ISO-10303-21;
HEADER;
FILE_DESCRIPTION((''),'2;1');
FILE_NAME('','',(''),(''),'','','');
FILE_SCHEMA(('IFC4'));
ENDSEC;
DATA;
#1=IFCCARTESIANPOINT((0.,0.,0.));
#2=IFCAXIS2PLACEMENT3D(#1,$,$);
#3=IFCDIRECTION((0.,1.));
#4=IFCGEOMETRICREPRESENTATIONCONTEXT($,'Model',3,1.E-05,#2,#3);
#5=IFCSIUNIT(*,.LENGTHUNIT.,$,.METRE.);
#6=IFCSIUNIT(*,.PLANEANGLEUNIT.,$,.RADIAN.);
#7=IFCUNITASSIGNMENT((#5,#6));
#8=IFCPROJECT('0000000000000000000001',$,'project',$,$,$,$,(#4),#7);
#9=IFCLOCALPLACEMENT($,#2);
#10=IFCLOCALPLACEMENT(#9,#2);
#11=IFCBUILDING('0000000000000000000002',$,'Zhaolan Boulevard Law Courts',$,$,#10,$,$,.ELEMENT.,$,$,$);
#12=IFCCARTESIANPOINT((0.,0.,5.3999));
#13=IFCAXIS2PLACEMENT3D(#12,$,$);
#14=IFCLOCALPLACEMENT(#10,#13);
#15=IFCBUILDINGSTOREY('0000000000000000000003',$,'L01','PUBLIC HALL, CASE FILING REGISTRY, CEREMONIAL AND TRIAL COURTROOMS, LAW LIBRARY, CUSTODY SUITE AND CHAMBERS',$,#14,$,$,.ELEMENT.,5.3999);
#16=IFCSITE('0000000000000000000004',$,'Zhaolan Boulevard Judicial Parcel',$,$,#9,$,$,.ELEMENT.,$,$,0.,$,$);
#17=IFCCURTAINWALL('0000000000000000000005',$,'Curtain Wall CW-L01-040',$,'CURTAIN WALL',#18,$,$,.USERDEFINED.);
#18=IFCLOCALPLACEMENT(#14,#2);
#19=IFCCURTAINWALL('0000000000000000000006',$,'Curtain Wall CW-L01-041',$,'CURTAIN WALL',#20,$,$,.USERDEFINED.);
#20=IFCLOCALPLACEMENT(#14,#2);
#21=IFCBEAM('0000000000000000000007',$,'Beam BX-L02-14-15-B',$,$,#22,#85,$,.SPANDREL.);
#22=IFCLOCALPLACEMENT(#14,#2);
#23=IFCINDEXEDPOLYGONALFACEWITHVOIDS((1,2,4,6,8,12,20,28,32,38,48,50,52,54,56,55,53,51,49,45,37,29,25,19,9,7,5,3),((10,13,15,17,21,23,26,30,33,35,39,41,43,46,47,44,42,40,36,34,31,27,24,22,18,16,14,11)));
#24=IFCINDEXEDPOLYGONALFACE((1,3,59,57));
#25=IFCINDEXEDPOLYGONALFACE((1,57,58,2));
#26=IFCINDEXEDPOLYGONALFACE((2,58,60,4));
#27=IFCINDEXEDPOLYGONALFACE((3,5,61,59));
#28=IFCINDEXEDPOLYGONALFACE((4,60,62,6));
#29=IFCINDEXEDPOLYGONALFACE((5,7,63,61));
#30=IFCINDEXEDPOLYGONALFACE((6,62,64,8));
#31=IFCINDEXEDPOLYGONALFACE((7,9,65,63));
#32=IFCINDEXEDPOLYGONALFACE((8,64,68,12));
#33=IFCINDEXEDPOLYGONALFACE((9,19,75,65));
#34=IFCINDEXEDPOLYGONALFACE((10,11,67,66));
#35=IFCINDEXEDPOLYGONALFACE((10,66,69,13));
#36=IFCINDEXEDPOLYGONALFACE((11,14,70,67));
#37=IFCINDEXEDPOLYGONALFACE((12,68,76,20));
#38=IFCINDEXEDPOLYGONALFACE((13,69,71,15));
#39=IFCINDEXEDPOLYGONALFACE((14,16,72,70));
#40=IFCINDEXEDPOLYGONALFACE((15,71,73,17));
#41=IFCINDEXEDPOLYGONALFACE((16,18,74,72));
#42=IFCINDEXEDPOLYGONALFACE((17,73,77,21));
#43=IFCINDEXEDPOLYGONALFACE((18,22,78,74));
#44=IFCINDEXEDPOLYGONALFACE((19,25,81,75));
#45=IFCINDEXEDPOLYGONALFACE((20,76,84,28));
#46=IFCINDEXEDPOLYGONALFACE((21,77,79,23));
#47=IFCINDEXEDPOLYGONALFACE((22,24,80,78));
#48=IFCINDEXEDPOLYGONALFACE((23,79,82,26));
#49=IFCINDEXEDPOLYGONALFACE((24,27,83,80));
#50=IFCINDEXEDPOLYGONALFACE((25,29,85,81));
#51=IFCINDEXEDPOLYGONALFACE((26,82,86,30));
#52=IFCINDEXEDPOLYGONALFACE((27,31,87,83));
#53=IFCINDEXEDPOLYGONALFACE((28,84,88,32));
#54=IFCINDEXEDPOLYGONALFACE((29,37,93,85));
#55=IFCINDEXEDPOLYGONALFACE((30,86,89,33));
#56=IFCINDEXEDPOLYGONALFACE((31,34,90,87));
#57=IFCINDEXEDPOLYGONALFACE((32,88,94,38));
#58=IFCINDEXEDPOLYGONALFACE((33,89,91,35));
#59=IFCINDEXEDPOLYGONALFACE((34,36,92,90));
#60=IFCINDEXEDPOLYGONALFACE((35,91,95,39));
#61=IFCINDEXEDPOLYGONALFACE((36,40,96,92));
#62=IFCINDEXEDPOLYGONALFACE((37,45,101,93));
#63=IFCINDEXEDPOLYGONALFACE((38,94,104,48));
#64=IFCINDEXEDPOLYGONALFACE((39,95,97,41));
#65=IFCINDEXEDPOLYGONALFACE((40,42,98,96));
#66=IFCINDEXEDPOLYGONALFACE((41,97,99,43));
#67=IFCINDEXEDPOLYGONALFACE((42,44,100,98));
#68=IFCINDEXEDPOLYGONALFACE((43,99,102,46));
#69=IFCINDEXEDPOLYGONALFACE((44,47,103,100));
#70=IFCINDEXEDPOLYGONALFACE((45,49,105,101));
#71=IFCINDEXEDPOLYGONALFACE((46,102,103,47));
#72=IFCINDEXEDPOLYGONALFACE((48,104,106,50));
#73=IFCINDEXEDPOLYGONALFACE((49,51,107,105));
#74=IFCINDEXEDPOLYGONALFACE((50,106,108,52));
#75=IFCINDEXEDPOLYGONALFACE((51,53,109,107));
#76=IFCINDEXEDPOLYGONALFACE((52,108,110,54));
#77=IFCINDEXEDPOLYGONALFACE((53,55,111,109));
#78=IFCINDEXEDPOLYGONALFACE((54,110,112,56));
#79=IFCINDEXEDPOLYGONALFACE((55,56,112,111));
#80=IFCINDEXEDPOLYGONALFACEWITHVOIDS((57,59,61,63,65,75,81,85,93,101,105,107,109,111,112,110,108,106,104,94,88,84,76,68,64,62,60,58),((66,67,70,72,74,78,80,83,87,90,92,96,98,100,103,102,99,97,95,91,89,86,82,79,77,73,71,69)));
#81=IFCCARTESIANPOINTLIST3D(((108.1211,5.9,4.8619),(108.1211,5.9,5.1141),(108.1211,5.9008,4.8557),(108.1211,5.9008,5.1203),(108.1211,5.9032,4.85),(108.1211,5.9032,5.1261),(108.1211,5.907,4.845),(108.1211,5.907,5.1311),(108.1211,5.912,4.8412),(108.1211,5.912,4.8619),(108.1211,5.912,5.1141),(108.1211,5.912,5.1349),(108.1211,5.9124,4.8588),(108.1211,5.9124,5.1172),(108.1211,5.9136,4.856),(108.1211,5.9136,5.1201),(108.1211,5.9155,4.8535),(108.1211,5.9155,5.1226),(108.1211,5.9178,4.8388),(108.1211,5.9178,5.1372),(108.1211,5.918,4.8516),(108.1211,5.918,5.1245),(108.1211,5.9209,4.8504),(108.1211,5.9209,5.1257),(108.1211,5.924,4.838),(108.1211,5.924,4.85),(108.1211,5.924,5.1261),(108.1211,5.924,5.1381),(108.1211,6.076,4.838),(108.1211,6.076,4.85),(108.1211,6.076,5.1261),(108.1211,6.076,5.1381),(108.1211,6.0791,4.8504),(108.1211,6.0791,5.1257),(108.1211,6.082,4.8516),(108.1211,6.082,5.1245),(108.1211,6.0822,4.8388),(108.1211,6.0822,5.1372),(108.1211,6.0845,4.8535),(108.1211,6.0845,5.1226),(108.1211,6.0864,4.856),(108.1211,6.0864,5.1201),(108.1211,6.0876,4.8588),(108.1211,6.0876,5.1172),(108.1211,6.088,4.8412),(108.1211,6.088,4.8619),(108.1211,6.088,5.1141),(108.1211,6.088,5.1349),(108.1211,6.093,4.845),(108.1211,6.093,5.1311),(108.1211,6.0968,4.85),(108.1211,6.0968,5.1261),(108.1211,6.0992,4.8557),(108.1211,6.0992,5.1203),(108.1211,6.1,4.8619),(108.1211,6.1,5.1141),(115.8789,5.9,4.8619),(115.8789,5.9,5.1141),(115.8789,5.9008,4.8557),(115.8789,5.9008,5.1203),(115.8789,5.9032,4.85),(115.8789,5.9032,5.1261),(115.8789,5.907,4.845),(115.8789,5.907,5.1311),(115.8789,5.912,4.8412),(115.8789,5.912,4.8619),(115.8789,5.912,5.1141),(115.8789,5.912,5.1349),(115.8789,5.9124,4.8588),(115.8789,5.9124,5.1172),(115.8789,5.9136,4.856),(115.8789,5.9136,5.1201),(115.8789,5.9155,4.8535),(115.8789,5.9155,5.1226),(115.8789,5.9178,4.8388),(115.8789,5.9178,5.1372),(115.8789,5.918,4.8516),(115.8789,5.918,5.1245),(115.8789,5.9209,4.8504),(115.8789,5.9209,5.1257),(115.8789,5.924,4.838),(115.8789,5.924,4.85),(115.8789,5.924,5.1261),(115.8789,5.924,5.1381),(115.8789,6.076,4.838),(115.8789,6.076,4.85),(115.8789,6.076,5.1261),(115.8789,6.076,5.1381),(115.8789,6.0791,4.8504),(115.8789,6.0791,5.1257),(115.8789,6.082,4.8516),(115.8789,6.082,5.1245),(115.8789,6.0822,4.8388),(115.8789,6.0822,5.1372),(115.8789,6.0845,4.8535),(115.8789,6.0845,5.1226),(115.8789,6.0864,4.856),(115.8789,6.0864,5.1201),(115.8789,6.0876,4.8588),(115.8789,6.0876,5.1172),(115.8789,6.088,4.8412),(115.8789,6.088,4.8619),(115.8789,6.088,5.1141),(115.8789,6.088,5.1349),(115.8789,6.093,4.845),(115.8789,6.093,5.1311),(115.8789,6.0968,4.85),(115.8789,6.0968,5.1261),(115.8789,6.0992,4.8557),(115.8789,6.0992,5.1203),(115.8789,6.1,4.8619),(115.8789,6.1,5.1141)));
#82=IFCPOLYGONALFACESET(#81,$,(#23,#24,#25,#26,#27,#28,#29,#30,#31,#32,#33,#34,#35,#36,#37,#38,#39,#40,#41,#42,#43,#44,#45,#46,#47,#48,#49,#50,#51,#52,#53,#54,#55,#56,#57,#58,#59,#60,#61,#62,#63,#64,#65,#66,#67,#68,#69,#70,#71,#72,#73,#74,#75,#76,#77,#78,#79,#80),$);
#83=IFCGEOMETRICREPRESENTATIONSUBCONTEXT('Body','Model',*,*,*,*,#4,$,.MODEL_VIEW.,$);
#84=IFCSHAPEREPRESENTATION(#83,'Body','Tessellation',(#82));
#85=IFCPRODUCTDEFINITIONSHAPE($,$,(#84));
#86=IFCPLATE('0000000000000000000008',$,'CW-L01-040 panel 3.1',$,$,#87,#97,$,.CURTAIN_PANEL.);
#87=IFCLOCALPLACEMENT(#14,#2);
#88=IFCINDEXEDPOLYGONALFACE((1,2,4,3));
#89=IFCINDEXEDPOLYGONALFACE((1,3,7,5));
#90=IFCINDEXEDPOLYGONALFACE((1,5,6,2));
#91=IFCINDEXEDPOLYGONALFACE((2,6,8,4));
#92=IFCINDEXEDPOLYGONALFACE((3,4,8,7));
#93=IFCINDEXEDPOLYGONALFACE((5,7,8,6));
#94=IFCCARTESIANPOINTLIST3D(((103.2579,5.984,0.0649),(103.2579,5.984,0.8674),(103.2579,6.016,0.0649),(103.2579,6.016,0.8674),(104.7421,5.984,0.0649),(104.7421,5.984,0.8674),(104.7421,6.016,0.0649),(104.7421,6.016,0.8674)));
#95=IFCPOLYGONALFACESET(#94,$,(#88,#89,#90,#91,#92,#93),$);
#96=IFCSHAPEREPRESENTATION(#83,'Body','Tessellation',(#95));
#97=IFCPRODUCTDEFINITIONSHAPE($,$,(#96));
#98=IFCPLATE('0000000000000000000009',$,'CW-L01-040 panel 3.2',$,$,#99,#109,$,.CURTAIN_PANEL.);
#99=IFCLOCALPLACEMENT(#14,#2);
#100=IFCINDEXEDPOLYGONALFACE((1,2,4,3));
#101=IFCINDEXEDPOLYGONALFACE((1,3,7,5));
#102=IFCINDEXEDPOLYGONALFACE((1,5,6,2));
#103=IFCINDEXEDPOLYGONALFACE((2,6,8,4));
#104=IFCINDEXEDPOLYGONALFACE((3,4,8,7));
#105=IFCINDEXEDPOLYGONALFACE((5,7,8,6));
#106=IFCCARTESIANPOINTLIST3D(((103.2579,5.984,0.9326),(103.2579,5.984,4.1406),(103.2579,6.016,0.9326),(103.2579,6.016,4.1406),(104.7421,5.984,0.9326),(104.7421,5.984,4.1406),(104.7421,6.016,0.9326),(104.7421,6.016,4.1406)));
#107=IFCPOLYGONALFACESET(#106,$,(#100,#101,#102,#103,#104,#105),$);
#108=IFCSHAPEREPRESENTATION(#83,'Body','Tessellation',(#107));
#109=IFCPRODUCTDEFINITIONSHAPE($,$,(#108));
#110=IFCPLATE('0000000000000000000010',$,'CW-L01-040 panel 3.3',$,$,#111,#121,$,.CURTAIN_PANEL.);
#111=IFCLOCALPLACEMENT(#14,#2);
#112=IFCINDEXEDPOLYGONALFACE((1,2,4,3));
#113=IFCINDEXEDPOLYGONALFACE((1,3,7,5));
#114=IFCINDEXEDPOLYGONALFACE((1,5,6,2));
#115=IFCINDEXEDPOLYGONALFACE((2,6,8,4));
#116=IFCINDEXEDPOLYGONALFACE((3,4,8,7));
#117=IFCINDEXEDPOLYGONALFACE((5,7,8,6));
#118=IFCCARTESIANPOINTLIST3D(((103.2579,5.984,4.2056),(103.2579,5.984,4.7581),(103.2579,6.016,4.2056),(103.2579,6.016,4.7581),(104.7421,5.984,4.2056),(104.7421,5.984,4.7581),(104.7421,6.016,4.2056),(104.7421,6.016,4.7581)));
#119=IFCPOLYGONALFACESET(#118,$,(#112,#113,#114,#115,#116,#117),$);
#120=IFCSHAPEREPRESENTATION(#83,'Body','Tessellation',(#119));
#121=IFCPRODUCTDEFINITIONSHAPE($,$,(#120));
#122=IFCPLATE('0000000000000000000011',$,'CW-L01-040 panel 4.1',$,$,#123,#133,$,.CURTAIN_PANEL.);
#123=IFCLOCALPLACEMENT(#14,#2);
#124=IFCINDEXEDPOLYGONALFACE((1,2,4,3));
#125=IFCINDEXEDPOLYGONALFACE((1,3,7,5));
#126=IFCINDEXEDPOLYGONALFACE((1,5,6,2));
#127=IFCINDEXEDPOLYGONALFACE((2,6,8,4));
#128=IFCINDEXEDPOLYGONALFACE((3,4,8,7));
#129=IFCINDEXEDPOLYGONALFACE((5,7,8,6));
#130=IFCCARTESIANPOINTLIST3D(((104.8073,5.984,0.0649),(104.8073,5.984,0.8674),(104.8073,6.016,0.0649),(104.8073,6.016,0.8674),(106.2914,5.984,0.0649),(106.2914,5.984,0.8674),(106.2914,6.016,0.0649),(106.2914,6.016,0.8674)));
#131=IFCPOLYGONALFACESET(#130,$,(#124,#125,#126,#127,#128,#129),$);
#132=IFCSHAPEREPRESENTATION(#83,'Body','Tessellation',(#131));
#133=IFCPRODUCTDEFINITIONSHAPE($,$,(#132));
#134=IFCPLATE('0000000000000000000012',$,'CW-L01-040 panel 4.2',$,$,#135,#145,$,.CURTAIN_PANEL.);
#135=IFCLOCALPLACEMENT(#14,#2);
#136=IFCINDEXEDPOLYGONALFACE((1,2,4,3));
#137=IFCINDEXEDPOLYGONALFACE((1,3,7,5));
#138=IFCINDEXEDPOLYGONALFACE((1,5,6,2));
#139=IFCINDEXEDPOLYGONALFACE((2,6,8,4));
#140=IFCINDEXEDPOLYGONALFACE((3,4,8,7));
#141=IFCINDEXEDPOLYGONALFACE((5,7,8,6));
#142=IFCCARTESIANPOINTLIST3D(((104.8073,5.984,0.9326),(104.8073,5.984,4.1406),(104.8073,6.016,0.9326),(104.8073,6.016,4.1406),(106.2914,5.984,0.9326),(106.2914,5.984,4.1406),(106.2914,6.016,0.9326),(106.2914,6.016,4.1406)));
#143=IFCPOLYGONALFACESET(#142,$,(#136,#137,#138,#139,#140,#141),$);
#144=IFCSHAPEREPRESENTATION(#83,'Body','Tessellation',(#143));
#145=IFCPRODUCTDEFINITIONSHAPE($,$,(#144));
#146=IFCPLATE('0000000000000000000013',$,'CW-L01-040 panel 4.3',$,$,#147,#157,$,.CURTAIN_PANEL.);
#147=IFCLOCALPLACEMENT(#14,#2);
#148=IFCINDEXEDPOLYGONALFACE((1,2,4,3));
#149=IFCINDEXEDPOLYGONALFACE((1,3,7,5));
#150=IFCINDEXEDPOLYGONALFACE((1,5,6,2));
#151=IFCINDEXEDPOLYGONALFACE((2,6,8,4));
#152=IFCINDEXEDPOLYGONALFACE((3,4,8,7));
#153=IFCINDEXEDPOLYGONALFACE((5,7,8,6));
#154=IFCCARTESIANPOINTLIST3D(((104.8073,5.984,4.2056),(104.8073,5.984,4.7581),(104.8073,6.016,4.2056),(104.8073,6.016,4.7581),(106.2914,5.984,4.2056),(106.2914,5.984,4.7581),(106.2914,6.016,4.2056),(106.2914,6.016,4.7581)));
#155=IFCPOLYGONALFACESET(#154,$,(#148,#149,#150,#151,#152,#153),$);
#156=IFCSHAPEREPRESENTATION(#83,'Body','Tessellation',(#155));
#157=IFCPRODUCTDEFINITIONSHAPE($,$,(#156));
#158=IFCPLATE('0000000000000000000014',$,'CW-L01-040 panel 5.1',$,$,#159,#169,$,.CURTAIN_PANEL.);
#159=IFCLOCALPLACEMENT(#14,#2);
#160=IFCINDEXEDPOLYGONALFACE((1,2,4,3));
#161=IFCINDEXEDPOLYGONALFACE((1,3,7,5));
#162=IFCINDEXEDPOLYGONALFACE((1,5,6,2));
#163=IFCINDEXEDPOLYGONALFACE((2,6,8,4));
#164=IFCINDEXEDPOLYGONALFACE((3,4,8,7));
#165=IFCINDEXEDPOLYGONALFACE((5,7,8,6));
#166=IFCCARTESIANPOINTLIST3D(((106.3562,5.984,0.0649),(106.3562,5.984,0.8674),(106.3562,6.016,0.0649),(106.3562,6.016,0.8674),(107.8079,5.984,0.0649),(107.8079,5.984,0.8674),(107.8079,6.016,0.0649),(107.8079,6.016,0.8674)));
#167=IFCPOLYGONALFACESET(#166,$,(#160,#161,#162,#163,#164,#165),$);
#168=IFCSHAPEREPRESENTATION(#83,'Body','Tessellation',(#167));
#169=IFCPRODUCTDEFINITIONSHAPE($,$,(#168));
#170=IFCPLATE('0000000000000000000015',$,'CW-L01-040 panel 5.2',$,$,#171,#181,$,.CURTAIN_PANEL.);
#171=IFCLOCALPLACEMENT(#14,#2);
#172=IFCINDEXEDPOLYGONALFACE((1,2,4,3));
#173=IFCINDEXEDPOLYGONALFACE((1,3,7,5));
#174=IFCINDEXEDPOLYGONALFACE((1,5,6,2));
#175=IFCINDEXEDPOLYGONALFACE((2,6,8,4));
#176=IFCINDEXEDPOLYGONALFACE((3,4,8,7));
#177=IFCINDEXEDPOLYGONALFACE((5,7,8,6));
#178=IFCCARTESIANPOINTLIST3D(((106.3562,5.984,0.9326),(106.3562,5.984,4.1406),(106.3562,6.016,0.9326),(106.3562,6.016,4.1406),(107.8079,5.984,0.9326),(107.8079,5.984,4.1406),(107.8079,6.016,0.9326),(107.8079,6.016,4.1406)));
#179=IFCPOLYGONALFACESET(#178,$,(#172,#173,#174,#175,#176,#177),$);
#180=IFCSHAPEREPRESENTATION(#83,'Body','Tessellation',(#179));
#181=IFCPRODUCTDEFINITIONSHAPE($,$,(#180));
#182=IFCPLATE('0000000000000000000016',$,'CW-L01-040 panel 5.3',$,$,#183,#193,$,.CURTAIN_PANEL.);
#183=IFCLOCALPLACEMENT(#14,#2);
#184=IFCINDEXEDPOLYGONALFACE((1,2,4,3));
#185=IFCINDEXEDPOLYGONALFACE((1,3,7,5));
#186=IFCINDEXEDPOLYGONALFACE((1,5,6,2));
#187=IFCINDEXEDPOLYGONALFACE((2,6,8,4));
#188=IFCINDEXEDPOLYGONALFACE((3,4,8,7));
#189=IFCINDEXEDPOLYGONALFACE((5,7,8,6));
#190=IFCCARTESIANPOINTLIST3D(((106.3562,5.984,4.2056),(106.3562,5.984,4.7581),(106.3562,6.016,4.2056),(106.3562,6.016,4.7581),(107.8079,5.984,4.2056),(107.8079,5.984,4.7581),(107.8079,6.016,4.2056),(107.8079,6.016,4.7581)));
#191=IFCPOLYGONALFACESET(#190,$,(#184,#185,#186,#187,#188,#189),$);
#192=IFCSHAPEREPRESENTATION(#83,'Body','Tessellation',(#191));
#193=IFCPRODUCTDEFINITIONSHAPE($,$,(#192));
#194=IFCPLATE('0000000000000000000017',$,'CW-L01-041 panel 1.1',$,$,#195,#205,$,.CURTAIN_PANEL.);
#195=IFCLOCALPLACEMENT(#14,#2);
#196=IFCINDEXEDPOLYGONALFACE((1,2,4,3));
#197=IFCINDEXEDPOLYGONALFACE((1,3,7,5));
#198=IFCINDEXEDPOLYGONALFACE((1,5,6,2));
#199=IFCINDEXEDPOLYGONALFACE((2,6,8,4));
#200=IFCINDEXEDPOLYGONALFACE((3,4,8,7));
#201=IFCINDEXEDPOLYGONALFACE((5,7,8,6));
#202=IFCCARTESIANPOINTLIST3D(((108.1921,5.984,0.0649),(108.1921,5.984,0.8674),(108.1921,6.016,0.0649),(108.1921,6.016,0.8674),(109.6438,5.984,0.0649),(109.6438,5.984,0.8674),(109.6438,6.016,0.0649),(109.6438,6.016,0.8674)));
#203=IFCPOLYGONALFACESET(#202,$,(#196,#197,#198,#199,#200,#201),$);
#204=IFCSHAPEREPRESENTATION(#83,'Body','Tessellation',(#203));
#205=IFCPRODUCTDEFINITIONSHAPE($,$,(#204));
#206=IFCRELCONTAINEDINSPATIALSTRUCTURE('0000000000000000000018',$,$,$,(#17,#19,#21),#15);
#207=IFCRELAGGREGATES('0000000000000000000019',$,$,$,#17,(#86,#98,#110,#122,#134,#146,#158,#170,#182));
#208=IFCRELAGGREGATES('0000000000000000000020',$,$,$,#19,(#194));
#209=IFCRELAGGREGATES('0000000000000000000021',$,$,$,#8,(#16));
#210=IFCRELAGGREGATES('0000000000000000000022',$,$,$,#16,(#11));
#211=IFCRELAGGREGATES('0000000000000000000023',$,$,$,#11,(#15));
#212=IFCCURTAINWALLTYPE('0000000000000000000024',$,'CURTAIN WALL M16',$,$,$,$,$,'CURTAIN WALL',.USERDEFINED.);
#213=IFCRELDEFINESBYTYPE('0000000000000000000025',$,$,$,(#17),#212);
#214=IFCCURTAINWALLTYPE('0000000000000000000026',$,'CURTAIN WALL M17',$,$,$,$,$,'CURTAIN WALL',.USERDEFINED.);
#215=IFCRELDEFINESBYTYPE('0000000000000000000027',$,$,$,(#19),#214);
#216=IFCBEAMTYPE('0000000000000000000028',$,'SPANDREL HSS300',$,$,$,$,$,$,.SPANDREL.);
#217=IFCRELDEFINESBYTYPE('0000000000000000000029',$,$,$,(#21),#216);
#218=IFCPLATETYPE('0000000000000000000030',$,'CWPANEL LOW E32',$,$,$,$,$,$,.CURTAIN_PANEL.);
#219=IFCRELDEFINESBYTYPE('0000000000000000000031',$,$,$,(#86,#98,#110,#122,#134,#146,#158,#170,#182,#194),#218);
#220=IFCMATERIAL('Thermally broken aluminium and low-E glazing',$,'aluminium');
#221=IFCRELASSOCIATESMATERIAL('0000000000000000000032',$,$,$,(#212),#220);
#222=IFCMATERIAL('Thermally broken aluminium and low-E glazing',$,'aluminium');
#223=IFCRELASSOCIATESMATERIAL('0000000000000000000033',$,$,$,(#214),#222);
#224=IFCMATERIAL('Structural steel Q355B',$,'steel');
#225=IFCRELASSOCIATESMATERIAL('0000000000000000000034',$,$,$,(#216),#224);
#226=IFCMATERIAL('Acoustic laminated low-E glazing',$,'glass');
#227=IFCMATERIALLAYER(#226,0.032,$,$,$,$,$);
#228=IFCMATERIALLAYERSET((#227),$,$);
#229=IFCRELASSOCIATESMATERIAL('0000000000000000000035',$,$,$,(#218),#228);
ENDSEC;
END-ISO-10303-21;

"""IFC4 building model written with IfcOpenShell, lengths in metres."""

from ifc_helpers import new_model, si_unit, direction, frame, origin, origin_2d, place, context, subcontext, project, spatial, rectangle, hollow_rectangle, extrude, material, layer, layer_set, material_profile, profile_set, type_object, element, aggregate, save


model = new_model("IFC4")

# Units and contexts
model_context = context("Model", 3, precision=1e-05, world=origin(), true_north=direction((0.0, 1.0)))
body_context = subcontext(model_context, "Body", "Model", "MODEL_VIEW")
ifc_project = project(units=[si_unit("LENGTHUNIT", "METRE"), si_unit("PLANEANGLEUNIT", "RADIAN")], contexts=[model_context])

# Site, building, storey
site_placement = place(None, origin())
site = spatial("IfcSite", under=ifc_project, at=site_placement, Name="Zhaolan Boulevard Judicial Parcel", CompositionType="ELEMENT", RefElevation=0.0)
building_placement = place(site_placement, origin())
building = spatial("IfcBuilding", under=site, at=building_placement, Name="Zhaolan Boulevard Law Courts", CompositionType="ELEMENT")
storey_placement = place(building_placement, frame((0.0, 0.0, 5.3999)))
storey = spatial("IfcBuildingStorey", under=building, at=storey_placement, Name="L01", Description="PUBLIC HALL, CASE FILING REGISTRY, CEREMONIAL AND TRIAL COURTROOMS, LAW LIBRARY, CUSTODY SUITE AND CHAMBERS", CompositionType="ELEMENT", Elevation=5.3999)

# Curtain walls
ifc_material_1 = material(Name="Thermally broken aluminium and low-E glazing", Category="aluminium")
curtain_wall_type_1 = type_object("IfcCurtainWallType", Name="CURTAIN WALL M16", ElementType="CURTAIN WALL", PredefinedType="USERDEFINED", material=ifc_material_1)
curtain_wall_1_placement = place(storey_placement, origin())
curtain_wall_1 = element("IfcCurtainWall", 1, at=curtain_wall_1_placement, inside=storey, type_object=curtain_wall_type_1, Name="Curtain Wall CW-L01-040", ObjectType="CURTAIN WALL", PredefinedType="USERDEFINED")
ifc_material_2 = material(Name="Thermally broken aluminium and low-E glazing", Category="aluminium")
curtain_wall_type_2 = type_object("IfcCurtainWallType", Name="CURTAIN WALL M17", ElementType="CURTAIN WALL", PredefinedType="USERDEFINED", material=ifc_material_2)
curtain_wall_2_placement = place(storey_placement, origin())
curtain_wall_2 = element("IfcCurtainWall", 2, at=curtain_wall_2_placement, inside=storey, type_object=curtain_wall_type_2, Name="Curtain Wall CW-L01-041", ObjectType="CURTAIN WALL", PredefinedType="USERDEFINED")

# Beam
ifc_material_3 = material(Name="Structural steel Q355B", Category="steel")
ifc_material_profile_1 = material_profile(ifc_material_3, hollow_rectangle(XDim=0.2, YDim=0.3, WallThickness=0.012, InnerFilletRadius=0.012, OuterFilletRadius=0.0239, at=origin_2d()), Name="HSS300x200x12")
ifc_profile_set_1 = profile_set([ifc_material_profile_1], Name="Structural steel Q355B")
beam_type = type_object("IfcBeamType", Name="SPANDREL HSS300", PredefinedType="SPANDREL", material=ifc_profile_set_1)
beam_placement = place(storey_placement, frame((108.1211, 6.0, 4.988), z_axis=(1.0, 0.0, 0.0), x_axis=(0.0, 1.0, 0.0)))
element("IfcBeam", 3, at=beam_placement, inside=storey, type_object=beam_type, Name="Beam BX-L02-14-15-B", PredefinedType="SPANDREL", context=body_context, shape_type="SweptSolid", body=[
    extrude(hollow_rectangle(XDim=0.2, YDim=0.3, WallThickness=0.012, InnerFilletRadius=0.012, OuterFilletRadius=0.0239, at=origin_2d()), origin(), (0.0, 0.0, 1.0), 7.7578),
])

# Plates
ifc_material_4 = material(Name="Acoustic laminated low-E glazing", Category="glass")
ifc_layer_1 = layer(ifc_material_4, 0.032)
ifc_layer_set_1 = layer_set([ifc_layer_1])
plate_type_1 = type_object("IfcPlateType", Name="CWPANEL LOW E32", PredefinedType="CURTAIN_PANEL", material=ifc_layer_set_1)
plate_1_placement = place(storey_placement, frame((104.0, 6.0, 0.0649), z_axis=(0.0, 0.0, 1.0), x_axis=(1.0, 0.0, 0.0)))
plate_1 = element("IfcPlate", 4, at=plate_1_placement, type_object=plate_type_1, Name="CW-L01-040 panel 3.1", PredefinedType="CURTAIN_PANEL", context=body_context, shape_type="SweptSolid", body=[
    extrude(rectangle(XDim=1.4841, YDim=0.032, at=origin_2d()), origin(), (0.0, 0.0, 1.0), 0.8025),
])
plate_2_placement = place(storey_placement, frame((104.0, 6.0, 0.9326), z_axis=(0.0, 0.0, 1.0), x_axis=(1.0, 0.0, 0.0)))
plate_2 = element("IfcPlate", 5, at=plate_2_placement, type_object=plate_type_1, Name="CW-L01-040 panel 3.2", PredefinedType="CURTAIN_PANEL", context=body_context, shape_type="SweptSolid", body=[
    extrude(rectangle(XDim=1.4841, YDim=0.032, at=origin_2d()), origin(), (0.0, 0.0, 1.0), 3.208),
])
plate_3_placement = place(storey_placement, frame((104.0, 6.0, 4.2056), z_axis=(0.0, 0.0, 1.0), x_axis=(1.0, 0.0, 0.0)))
plate_3 = element("IfcPlate", 6, at=plate_3_placement, type_object=plate_type_1, Name="CW-L01-040 panel 3.3", PredefinedType="CURTAIN_PANEL", context=body_context, shape_type="SweptSolid", body=[
    extrude(rectangle(XDim=1.4841, YDim=0.032, at=origin_2d()), origin(), (0.0, 0.0, 1.0), 0.5525),
])
plate_4_placement = place(storey_placement, frame((105.5493, 6.0, 0.0649), z_axis=(0.0, 0.0, 1.0), x_axis=(1.0, 0.0, 0.0)))
plate_4 = element("IfcPlate", 7, at=plate_4_placement, type_object=plate_type_1, Name="CW-L01-040 panel 4.1", PredefinedType="CURTAIN_PANEL", context=body_context, shape_type="SweptSolid", body=[
    extrude(rectangle(XDim=1.4841, YDim=0.032, at=origin_2d()), origin(), (0.0, 0.0, 1.0), 0.8025),
])
plate_5_placement = place(storey_placement, frame((105.5493, 6.0, 0.9326), z_axis=(0.0, 0.0, 1.0), x_axis=(1.0, 0.0, 0.0)))
plate_5 = element("IfcPlate", 8, at=plate_5_placement, type_object=plate_type_1, Name="CW-L01-040 panel 4.2", PredefinedType="CURTAIN_PANEL", context=body_context, shape_type="SweptSolid", body=[
    extrude(rectangle(XDim=1.4841, YDim=0.032, at=origin_2d()), origin(), (0.0, 0.0, 1.0), 3.208),
])
plate_6_placement = place(storey_placement, frame((105.5493, 6.0, 4.2056), z_axis=(0.0, 0.0, 1.0), x_axis=(1.0, 0.0, 0.0)))
plate_6 = element("IfcPlate", 9, at=plate_6_placement, type_object=plate_type_1, Name="CW-L01-040 panel 4.3", PredefinedType="CURTAIN_PANEL", context=body_context, shape_type="SweptSolid", body=[
    extrude(rectangle(XDim=1.4841, YDim=0.032, at=origin_2d()), origin(), (0.0, 0.0, 1.0), 0.5525),
])
plate_7_placement = place(storey_placement, frame((107.082, 6.0, 0.0649), z_axis=(0.0, 0.0, 1.0), x_axis=(1.0, 0.0, 0.0)))
plate_7 = element("IfcPlate", 10, at=plate_7_placement, type_object=plate_type_1, Name="CW-L01-040 panel 5.1", PredefinedType="CURTAIN_PANEL", context=body_context, shape_type="SweptSolid", body=[
    extrude(rectangle(XDim=1.4517, YDim=0.032, at=origin_2d()), origin(), (0.0, 0.0, 1.0), 0.8025),
])
plate_8_placement = place(storey_placement, frame((107.082, 6.0, 0.9326), z_axis=(0.0, 0.0, 1.0), x_axis=(1.0, 0.0, 0.0)))
plate_8 = element("IfcPlate", 11, at=plate_8_placement, type_object=plate_type_1, Name="CW-L01-040 panel 5.2", PredefinedType="CURTAIN_PANEL", context=body_context, shape_type="SweptSolid", body=[
    extrude(rectangle(XDim=1.4517, YDim=0.032, at=origin_2d()), origin(), (0.0, 0.0, 1.0), 3.208),
])
plate_9_placement = place(storey_placement, frame((107.082, 6.0, 4.2056), z_axis=(0.0, 0.0, 1.0), x_axis=(1.0, 0.0, 0.0)))
plate_9 = element("IfcPlate", 12, at=plate_9_placement, type_object=plate_type_1, Name="CW-L01-040 panel 5.3", PredefinedType="CURTAIN_PANEL", context=body_context, shape_type="SweptSolid", body=[
    extrude(rectangle(XDim=1.4517, YDim=0.032, at=origin_2d()), origin(), (0.0, 0.0, 1.0), 0.5525),
])
aggregate(curtain_wall_1, [plate_1, plate_2, plate_3, plate_4, plate_5, plate_6, plate_7, plate_8, plate_9])
plate_10_placement = place(storey_placement, frame((108.918, 6.0, 0.0649), z_axis=(0.0, 0.0, 1.0), x_axis=(1.0, 0.0, 0.0)))
plate_10 = element("IfcPlate", 13, at=plate_10_placement, type_object=plate_type_1, Name="CW-L01-041 panel 1.1", PredefinedType="CURTAIN_PANEL", context=body_context, shape_type="SweptSolid", body=[
    extrude(rectangle(XDim=1.4517, YDim=0.032, at=origin_2d()), origin(), (0.0, 0.0, 1.0), 0.8025),
])
aggregate(curtain_wall_2, [plate_10])

save(model, "model.ifc")
